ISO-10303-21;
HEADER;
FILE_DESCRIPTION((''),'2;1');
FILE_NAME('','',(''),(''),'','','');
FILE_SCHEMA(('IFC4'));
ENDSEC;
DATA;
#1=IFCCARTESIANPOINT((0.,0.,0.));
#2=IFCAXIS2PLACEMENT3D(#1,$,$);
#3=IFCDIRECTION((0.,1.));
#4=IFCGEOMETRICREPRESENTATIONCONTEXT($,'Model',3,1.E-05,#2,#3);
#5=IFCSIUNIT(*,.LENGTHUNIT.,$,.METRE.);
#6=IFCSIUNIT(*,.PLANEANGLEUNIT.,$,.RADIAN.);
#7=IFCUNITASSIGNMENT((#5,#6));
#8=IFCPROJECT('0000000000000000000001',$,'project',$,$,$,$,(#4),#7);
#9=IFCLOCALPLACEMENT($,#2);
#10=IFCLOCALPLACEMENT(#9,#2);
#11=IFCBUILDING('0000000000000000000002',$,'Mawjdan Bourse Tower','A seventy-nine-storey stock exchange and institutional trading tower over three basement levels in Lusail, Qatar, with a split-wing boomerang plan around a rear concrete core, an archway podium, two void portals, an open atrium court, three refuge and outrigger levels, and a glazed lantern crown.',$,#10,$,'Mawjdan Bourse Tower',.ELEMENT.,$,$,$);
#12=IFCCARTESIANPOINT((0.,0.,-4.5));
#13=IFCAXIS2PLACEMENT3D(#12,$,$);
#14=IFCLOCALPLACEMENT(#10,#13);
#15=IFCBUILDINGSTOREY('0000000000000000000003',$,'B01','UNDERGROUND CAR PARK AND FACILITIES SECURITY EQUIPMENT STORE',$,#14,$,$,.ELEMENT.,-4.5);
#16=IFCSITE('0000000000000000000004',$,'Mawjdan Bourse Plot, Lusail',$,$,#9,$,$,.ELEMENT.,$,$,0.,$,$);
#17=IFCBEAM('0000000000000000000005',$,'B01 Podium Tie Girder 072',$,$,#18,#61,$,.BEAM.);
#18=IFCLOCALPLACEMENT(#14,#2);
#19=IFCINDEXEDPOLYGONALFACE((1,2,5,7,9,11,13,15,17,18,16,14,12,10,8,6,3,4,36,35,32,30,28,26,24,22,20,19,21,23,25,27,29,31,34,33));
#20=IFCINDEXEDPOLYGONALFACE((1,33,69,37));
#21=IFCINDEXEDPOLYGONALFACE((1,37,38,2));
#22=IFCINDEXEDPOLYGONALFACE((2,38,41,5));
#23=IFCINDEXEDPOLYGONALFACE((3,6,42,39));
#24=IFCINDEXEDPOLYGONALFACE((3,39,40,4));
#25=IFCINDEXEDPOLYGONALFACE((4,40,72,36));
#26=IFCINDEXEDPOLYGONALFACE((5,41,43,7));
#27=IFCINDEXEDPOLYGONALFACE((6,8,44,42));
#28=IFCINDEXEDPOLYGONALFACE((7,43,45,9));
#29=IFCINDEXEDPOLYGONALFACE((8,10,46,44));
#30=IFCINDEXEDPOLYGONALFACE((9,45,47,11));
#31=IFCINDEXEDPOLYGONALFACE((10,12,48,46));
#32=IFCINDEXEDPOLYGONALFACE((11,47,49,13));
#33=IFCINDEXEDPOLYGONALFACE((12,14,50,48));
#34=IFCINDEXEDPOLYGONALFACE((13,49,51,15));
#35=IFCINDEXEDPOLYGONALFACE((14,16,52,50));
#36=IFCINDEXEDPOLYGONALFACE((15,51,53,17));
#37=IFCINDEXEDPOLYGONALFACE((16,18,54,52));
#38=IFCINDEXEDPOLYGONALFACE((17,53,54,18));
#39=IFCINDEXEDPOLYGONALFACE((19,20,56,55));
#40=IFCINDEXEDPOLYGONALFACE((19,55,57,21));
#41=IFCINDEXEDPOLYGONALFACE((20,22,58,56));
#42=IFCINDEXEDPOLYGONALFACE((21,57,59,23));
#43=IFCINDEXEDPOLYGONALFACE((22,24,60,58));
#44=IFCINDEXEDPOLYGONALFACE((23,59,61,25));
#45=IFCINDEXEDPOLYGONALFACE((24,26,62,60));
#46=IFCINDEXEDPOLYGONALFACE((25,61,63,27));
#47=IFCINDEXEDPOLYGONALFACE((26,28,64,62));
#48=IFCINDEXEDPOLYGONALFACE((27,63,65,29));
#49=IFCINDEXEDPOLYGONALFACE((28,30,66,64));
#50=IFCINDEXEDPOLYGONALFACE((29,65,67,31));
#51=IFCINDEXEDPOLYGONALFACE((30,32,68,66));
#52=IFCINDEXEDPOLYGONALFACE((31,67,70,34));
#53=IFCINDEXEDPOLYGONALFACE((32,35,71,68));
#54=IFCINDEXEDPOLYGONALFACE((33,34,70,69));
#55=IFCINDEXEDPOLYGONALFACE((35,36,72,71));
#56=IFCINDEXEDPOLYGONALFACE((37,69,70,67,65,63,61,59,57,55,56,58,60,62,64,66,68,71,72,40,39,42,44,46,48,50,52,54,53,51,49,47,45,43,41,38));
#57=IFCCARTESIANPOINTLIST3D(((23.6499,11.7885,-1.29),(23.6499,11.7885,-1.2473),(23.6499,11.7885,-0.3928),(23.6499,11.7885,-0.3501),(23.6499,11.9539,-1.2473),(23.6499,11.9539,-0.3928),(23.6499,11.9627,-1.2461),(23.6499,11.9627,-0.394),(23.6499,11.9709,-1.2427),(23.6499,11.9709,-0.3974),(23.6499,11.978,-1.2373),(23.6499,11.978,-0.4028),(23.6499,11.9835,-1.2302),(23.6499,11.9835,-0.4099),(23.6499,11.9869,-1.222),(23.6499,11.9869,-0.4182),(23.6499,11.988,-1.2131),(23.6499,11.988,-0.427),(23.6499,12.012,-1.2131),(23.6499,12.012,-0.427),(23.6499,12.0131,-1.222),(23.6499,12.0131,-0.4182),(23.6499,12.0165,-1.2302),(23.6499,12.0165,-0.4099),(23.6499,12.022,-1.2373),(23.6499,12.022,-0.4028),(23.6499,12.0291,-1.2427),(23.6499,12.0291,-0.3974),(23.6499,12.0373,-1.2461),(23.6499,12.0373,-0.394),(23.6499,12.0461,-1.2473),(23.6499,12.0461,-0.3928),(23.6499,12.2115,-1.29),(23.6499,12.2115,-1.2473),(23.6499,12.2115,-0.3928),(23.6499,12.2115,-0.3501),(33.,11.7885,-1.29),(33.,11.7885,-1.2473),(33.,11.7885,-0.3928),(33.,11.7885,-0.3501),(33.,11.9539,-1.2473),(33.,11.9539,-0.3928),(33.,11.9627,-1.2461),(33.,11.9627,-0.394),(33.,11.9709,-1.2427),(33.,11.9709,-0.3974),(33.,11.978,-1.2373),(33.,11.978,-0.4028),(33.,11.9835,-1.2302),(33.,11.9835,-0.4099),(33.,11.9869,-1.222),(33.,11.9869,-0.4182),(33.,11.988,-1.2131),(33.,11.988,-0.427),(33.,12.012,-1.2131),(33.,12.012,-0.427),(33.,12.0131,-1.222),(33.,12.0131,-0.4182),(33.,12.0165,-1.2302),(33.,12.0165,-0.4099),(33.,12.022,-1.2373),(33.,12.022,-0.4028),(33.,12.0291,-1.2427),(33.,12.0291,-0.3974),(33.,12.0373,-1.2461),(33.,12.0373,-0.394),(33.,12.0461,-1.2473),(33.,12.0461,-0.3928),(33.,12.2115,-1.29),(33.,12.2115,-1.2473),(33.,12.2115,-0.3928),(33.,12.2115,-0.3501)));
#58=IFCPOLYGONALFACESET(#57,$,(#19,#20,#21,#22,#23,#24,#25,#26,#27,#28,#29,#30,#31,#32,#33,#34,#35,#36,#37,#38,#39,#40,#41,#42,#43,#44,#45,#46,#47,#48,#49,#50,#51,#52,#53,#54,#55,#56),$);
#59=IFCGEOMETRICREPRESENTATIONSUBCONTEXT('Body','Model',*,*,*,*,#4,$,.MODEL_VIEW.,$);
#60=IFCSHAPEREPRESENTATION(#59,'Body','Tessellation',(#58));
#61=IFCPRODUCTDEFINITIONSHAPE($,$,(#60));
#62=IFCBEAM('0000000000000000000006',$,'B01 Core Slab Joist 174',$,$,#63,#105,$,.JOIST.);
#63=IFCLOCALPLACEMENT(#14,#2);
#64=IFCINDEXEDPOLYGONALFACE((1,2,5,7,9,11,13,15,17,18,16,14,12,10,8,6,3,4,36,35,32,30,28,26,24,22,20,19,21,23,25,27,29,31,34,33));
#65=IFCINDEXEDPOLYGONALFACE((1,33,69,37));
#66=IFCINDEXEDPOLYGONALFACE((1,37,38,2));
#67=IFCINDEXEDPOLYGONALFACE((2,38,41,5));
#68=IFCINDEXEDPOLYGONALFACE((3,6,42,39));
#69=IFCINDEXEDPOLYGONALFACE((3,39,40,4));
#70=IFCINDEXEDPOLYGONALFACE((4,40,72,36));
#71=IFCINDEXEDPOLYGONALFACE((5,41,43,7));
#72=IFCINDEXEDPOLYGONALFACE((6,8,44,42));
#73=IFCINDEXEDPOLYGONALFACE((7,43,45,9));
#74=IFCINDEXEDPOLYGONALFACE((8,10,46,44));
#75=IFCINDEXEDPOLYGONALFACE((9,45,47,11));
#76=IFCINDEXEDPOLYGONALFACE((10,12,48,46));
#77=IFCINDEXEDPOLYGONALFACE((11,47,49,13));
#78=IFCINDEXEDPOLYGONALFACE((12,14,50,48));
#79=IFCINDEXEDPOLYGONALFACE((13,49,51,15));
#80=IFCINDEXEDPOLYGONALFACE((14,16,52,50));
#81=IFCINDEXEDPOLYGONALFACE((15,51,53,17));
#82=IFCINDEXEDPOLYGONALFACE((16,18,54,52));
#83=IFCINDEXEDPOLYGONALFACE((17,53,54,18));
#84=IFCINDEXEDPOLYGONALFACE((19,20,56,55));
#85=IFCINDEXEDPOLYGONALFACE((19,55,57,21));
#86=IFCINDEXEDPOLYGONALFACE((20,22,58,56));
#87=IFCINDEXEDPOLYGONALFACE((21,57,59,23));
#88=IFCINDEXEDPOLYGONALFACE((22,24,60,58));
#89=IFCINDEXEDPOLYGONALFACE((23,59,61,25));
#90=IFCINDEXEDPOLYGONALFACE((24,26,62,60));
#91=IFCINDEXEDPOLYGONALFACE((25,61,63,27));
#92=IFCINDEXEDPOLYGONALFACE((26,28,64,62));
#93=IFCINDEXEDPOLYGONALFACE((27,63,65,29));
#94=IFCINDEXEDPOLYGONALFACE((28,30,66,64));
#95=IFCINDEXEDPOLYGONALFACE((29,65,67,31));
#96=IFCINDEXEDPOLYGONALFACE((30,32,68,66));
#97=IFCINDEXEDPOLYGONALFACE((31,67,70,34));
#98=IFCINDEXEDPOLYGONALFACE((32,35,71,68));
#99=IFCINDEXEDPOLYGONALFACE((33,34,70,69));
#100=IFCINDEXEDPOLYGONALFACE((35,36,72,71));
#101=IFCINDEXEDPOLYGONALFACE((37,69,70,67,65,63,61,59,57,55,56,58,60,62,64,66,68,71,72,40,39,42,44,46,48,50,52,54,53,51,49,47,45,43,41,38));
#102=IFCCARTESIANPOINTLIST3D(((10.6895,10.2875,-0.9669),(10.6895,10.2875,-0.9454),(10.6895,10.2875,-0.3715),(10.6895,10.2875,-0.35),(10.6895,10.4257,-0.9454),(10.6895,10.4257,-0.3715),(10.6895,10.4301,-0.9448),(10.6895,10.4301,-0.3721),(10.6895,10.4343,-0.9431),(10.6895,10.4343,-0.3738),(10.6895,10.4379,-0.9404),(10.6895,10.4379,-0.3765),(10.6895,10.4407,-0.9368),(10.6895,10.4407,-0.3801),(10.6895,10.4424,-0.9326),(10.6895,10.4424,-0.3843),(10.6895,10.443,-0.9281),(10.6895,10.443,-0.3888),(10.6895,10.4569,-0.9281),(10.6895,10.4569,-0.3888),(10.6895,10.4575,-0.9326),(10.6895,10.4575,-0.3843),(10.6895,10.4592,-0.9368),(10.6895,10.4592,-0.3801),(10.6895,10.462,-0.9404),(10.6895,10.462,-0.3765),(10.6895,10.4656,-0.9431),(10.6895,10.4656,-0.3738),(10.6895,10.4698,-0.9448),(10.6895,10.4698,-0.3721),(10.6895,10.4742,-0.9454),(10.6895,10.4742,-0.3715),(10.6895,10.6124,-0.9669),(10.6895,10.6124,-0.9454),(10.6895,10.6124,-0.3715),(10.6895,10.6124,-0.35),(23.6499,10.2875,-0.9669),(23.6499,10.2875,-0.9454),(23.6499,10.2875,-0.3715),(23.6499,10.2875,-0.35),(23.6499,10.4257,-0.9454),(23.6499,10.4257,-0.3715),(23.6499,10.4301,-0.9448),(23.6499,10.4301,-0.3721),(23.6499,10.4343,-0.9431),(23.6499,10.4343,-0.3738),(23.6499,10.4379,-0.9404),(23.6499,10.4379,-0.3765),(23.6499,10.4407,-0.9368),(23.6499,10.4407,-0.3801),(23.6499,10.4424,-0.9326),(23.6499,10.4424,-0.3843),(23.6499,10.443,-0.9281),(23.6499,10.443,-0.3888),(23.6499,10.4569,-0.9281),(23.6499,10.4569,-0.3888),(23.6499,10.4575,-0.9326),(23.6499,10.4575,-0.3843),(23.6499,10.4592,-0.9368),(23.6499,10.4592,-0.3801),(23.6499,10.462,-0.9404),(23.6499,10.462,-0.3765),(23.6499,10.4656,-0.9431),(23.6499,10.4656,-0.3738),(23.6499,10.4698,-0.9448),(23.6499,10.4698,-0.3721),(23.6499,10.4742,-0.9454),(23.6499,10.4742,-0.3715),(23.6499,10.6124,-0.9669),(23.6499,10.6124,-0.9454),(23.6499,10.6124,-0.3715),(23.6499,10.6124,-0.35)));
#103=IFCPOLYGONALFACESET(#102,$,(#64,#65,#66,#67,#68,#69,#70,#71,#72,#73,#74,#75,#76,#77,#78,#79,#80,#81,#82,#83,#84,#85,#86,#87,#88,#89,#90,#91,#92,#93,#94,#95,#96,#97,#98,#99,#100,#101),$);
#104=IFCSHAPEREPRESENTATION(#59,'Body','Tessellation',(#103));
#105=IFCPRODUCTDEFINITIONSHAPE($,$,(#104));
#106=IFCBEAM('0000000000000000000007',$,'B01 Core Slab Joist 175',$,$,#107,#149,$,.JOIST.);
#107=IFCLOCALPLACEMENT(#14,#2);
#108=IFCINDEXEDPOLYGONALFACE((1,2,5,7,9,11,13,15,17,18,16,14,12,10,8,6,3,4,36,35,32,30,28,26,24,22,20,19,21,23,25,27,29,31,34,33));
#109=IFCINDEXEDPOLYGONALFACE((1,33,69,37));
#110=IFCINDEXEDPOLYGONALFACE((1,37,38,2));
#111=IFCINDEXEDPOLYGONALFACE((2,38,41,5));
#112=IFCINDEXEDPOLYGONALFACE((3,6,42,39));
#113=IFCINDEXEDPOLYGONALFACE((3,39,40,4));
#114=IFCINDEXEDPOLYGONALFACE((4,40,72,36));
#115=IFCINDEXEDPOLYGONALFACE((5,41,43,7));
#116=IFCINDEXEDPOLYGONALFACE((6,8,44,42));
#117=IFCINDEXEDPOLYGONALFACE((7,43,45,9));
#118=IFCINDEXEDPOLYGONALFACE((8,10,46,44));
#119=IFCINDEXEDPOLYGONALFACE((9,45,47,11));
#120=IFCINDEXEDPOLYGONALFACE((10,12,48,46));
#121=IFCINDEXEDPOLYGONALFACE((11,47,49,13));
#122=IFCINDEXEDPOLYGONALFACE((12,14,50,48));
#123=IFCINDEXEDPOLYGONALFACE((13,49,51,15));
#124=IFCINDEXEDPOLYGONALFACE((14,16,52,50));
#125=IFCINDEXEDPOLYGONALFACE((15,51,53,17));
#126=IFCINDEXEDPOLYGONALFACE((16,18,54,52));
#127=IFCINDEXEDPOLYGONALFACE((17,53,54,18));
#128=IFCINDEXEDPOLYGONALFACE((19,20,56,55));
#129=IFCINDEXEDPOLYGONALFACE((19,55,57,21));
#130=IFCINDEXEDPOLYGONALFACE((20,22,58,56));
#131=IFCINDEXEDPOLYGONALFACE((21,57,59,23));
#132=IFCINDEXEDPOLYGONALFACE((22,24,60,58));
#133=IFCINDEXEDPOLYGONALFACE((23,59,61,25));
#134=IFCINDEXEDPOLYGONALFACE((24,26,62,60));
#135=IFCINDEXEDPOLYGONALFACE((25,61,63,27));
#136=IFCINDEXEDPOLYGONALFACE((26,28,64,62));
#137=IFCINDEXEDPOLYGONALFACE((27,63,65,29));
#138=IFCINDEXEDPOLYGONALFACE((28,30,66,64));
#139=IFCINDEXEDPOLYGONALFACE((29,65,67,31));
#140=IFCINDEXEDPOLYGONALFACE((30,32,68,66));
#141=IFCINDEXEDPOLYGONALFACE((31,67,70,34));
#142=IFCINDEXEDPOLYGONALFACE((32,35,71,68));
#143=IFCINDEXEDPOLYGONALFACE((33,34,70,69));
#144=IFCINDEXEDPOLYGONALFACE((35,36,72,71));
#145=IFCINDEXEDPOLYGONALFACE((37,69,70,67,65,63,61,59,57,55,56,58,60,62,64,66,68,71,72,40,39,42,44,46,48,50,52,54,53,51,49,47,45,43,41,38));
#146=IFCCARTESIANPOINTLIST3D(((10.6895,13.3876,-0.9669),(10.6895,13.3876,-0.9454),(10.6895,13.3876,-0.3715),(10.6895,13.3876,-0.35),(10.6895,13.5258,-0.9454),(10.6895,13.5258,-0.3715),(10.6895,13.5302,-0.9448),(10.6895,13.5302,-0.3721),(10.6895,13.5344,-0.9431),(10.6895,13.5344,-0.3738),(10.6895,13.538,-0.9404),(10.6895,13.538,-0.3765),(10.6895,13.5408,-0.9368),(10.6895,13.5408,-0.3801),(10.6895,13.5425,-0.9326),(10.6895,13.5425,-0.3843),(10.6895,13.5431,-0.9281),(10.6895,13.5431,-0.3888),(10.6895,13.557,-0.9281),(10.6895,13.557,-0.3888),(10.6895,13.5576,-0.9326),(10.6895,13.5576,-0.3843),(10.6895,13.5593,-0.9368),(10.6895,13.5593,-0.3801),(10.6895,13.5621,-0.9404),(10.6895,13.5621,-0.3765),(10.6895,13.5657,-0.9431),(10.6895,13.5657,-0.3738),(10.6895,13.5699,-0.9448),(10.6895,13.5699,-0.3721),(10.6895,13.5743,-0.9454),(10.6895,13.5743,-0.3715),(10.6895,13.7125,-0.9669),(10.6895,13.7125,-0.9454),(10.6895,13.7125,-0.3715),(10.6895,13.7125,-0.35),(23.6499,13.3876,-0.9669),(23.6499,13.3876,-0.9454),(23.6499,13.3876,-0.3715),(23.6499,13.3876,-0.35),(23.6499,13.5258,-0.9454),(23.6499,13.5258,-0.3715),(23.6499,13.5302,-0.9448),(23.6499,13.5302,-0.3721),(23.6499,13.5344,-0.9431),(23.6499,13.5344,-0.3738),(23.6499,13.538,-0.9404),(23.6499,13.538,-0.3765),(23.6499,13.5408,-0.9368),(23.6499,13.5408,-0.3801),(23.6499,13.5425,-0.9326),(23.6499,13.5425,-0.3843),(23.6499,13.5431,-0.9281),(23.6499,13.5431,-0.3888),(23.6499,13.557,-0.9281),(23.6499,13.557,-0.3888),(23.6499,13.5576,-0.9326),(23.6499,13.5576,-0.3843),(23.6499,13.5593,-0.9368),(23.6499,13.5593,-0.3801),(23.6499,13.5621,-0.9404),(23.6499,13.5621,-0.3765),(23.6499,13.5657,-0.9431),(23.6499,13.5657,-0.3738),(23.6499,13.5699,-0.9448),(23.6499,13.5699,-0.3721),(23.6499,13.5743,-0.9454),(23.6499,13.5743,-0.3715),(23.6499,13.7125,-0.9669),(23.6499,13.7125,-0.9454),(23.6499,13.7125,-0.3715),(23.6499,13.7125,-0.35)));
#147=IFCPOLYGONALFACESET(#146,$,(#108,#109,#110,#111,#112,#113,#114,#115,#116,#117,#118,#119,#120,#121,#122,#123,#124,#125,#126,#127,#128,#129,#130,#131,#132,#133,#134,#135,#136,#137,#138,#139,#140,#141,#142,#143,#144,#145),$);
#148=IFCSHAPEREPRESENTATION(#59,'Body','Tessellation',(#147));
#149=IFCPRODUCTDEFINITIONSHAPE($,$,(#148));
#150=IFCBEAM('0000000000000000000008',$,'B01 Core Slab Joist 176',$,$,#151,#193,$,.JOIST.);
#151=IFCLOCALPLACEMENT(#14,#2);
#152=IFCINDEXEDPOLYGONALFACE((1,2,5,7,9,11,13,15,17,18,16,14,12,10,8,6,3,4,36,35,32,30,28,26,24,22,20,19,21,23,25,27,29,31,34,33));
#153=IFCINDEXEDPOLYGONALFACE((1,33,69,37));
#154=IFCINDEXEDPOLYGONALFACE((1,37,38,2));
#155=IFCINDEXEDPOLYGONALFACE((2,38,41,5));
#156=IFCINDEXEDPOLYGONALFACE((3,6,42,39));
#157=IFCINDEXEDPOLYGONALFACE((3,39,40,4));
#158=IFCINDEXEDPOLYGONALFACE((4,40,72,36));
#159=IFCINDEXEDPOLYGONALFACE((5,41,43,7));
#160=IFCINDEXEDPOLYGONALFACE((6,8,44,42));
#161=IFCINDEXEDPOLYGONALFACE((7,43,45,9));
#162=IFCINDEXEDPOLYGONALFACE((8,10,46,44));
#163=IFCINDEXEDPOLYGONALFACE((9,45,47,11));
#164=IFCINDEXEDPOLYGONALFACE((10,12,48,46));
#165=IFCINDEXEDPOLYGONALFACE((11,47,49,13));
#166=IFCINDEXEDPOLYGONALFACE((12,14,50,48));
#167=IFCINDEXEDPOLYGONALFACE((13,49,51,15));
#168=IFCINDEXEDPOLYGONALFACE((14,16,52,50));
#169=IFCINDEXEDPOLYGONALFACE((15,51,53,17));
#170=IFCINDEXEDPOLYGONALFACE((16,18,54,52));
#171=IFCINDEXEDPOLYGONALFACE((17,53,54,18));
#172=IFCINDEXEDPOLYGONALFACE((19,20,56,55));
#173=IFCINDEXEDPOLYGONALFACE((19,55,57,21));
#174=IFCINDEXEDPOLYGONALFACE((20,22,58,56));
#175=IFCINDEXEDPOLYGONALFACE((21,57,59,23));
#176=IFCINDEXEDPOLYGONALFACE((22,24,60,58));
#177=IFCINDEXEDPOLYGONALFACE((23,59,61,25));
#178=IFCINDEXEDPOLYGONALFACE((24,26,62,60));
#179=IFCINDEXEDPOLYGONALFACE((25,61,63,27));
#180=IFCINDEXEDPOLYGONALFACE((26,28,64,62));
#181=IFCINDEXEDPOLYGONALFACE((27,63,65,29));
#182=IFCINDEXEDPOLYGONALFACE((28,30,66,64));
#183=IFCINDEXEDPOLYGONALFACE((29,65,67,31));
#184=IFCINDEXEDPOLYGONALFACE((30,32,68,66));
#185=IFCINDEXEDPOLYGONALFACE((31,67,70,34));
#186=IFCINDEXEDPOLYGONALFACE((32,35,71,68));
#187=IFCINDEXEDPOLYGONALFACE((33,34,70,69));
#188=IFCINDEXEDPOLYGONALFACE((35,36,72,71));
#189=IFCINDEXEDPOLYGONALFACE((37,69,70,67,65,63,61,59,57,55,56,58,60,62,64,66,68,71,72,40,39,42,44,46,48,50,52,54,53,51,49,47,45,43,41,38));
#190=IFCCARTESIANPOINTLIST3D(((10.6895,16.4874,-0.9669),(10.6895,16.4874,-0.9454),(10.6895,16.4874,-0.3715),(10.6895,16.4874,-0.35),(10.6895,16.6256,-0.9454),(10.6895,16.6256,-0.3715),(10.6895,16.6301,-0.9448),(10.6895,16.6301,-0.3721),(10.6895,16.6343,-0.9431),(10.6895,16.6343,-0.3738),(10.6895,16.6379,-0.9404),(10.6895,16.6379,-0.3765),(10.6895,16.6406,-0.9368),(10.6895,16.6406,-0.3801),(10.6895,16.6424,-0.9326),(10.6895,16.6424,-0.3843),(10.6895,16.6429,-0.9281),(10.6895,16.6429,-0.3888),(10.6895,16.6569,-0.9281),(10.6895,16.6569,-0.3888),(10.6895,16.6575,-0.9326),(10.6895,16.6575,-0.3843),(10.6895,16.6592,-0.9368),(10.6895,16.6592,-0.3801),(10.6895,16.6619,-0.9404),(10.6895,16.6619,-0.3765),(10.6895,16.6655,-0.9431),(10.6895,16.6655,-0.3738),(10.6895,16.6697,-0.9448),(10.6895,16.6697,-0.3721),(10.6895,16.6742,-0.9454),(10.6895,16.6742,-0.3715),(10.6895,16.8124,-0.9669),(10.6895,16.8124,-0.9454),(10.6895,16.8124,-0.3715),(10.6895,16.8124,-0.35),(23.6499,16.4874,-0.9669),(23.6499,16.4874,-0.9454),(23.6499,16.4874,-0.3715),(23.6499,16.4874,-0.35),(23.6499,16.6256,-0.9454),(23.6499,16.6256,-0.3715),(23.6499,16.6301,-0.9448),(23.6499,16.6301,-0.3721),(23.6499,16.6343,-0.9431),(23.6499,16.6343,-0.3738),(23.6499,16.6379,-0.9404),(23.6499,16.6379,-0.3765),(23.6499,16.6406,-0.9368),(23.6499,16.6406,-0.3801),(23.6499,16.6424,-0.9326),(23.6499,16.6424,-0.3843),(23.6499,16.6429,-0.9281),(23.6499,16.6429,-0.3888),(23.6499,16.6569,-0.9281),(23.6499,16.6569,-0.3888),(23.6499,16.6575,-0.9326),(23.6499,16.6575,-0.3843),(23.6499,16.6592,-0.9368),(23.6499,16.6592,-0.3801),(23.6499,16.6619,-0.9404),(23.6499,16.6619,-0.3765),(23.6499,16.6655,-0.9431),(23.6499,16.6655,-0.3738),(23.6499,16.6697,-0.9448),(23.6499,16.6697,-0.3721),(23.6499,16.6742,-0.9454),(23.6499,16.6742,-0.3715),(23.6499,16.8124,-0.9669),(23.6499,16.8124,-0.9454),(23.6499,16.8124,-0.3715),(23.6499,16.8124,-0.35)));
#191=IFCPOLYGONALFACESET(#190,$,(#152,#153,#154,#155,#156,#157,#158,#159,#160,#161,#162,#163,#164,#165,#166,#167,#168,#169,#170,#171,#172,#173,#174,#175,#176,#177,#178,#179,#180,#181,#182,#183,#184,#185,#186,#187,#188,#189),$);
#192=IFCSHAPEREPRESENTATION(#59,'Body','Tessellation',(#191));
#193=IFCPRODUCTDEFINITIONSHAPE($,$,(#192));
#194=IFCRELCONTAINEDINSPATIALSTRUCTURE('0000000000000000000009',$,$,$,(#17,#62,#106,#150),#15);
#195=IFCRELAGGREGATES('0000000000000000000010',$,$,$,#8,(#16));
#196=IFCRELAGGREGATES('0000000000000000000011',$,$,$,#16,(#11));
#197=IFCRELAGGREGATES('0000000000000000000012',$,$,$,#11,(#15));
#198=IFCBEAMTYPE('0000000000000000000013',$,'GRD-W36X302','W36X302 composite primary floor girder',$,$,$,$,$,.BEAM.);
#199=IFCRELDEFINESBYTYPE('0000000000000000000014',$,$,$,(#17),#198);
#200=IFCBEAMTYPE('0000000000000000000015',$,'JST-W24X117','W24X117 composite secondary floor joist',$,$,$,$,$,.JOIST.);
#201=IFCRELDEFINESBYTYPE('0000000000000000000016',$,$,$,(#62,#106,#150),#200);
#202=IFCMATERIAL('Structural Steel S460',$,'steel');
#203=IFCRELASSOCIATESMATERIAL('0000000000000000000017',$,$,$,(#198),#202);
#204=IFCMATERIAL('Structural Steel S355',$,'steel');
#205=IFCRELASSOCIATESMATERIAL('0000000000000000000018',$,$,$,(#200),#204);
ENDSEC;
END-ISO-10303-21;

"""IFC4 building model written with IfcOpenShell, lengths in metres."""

from ifc_helpers import new_model, si_unit, direction, frame, origin, origin_2d, place, context, subcontext, project, spatial, i_section, extrude, material, material_profile, profile_set, type_object, element, save


model = new_model("IFC4")

# Units and contexts
model_context = context("Model", 3, precision=1e-05, world=origin(), true_north=direction((0.0, 1.0)))
body_context = subcontext(model_context, "Body", "Model", "MODEL_VIEW")
ifc_project = project(units=[si_unit("LENGTHUNIT", "METRE"), si_unit("PLANEANGLEUNIT", "RADIAN")], contexts=[model_context])

# Site, building, storey
site_placement = place(None, origin())
site = spatial("IfcSite", under=ifc_project, at=site_placement, Name="Mawjdan Bourse Plot, Lusail", CompositionType="ELEMENT", RefElevation=0.0)
building_placement = place(site_placement, origin())
building = spatial("IfcBuilding", under=site, at=building_placement, Name="Mawjdan Bourse Tower", Description="A seventy-nine-storey stock exchange and institutional trading tower over three basement levels in Lusail, Qatar, with a split-wing boomerang plan around a rear concrete core, an archway podium, two void portals, an open atrium court, three refuge and outrigger levels, and a glazed lantern crown.", LongName="Mawjdan Bourse Tower", CompositionType="ELEMENT")
storey_placement = place(building_placement, frame((0.0, 0.0, -4.5)))
storey = spatial("IfcBuildingStorey", under=building, at=storey_placement, Name="B01", Description="UNDERGROUND CAR PARK AND FACILITIES SECURITY EQUIPMENT STORE", CompositionType="ELEMENT", Elevation=-4.5)

# Beams
ifc_material_1 = material(Name="Structural Steel S460", Category="steel")
ifc_material_profile_1 = material_profile(ifc_material_1, i_section(OverallWidth=0.4231, OverallDepth=0.9399, WebThickness=0.0239, FlangeThickness=0.0427, FilletRadius=0.0342, at=origin_2d()), Name="W36X302")
ifc_profile_set_1 = profile_set([ifc_material_profile_1], Name="Structural Steel S460")
beam_type_1 = type_object("IfcBeamType", Name="GRD-W36X302", Description="W36X302 composite primary floor girder", PredefinedType="BEAM", material=ifc_profile_set_1)
beam_1_placement = place(storey_placement, frame((23.6499, 12.0, -0.8201), z_axis=(1.0, 0.0, 0.0), x_axis=(0.0, 1.0, 0.0)))
element("IfcBeam", 1, at=beam_1_placement, inside=storey, type_object=beam_type_1, Name="B01 Podium Tie Girder 072", PredefinedType="BEAM", context=body_context, shape_type="SweptSolid", body=[
    extrude(i_section(OverallWidth=0.4231, OverallDepth=0.9399, WebThickness=0.0239, FlangeThickness=0.0427, FilletRadius=0.0342, at=origin_2d()), origin(), (0.0, 0.0, 1.0), 9.3501),
])
ifc_material_2 = material(Name="Structural Steel S355", Category="steel")
ifc_material_profile_2 = material_profile(ifc_material_2, i_section(OverallWidth=0.325, OverallDepth=0.6169, WebThickness=0.0139, FlangeThickness=0.0215, FilletRadius=0.0173, at=origin_2d()), Name="W24X117")
ifc_profile_set_2 = profile_set([ifc_material_profile_2], Name="Structural Steel S355")
beam_type_2 = type_object("IfcBeamType", Name="JST-W24X117", Description="W24X117 composite secondary floor joist", PredefinedType="JOIST", material=ifc_profile_set_2)
for number, where, z_axis, x_axis, name in (
    (2, (10.6895, 10.45, -0.6584), (1.0, 0.0, 0.0), (0.0, 1.0, 0.0), "B01 Core Slab Joist 174"),
    (3, (10.6895, 13.55, -0.6584), (1.0, 0.0, 0.0), (0.0, 1.0, 0.0), "B01 Core Slab Joist 175"),
    (4, (10.6895, 16.6499, -0.6584), (1.0, 0.0, 0.0), (0.0, 1.0, 0.0), "B01 Core Slab Joist 176"),
):
    element("IfcBeam", number, at=place(storey_placement, frame(where, z_axis=z_axis, x_axis=x_axis)), inside=storey, type_object=beam_type_2, Name=name, PredefinedType="JOIST", context=body_context, shape_type="SweptSolid", body=[
        extrude(i_section(OverallWidth=0.325, OverallDepth=0.6169, WebThickness=0.0139, FlangeThickness=0.0215, FilletRadius=0.0173, at=origin_2d()), origin(), (0.0, 0.0, 1.0), 12.9604),
    ])

save(model, "model.ifc")
